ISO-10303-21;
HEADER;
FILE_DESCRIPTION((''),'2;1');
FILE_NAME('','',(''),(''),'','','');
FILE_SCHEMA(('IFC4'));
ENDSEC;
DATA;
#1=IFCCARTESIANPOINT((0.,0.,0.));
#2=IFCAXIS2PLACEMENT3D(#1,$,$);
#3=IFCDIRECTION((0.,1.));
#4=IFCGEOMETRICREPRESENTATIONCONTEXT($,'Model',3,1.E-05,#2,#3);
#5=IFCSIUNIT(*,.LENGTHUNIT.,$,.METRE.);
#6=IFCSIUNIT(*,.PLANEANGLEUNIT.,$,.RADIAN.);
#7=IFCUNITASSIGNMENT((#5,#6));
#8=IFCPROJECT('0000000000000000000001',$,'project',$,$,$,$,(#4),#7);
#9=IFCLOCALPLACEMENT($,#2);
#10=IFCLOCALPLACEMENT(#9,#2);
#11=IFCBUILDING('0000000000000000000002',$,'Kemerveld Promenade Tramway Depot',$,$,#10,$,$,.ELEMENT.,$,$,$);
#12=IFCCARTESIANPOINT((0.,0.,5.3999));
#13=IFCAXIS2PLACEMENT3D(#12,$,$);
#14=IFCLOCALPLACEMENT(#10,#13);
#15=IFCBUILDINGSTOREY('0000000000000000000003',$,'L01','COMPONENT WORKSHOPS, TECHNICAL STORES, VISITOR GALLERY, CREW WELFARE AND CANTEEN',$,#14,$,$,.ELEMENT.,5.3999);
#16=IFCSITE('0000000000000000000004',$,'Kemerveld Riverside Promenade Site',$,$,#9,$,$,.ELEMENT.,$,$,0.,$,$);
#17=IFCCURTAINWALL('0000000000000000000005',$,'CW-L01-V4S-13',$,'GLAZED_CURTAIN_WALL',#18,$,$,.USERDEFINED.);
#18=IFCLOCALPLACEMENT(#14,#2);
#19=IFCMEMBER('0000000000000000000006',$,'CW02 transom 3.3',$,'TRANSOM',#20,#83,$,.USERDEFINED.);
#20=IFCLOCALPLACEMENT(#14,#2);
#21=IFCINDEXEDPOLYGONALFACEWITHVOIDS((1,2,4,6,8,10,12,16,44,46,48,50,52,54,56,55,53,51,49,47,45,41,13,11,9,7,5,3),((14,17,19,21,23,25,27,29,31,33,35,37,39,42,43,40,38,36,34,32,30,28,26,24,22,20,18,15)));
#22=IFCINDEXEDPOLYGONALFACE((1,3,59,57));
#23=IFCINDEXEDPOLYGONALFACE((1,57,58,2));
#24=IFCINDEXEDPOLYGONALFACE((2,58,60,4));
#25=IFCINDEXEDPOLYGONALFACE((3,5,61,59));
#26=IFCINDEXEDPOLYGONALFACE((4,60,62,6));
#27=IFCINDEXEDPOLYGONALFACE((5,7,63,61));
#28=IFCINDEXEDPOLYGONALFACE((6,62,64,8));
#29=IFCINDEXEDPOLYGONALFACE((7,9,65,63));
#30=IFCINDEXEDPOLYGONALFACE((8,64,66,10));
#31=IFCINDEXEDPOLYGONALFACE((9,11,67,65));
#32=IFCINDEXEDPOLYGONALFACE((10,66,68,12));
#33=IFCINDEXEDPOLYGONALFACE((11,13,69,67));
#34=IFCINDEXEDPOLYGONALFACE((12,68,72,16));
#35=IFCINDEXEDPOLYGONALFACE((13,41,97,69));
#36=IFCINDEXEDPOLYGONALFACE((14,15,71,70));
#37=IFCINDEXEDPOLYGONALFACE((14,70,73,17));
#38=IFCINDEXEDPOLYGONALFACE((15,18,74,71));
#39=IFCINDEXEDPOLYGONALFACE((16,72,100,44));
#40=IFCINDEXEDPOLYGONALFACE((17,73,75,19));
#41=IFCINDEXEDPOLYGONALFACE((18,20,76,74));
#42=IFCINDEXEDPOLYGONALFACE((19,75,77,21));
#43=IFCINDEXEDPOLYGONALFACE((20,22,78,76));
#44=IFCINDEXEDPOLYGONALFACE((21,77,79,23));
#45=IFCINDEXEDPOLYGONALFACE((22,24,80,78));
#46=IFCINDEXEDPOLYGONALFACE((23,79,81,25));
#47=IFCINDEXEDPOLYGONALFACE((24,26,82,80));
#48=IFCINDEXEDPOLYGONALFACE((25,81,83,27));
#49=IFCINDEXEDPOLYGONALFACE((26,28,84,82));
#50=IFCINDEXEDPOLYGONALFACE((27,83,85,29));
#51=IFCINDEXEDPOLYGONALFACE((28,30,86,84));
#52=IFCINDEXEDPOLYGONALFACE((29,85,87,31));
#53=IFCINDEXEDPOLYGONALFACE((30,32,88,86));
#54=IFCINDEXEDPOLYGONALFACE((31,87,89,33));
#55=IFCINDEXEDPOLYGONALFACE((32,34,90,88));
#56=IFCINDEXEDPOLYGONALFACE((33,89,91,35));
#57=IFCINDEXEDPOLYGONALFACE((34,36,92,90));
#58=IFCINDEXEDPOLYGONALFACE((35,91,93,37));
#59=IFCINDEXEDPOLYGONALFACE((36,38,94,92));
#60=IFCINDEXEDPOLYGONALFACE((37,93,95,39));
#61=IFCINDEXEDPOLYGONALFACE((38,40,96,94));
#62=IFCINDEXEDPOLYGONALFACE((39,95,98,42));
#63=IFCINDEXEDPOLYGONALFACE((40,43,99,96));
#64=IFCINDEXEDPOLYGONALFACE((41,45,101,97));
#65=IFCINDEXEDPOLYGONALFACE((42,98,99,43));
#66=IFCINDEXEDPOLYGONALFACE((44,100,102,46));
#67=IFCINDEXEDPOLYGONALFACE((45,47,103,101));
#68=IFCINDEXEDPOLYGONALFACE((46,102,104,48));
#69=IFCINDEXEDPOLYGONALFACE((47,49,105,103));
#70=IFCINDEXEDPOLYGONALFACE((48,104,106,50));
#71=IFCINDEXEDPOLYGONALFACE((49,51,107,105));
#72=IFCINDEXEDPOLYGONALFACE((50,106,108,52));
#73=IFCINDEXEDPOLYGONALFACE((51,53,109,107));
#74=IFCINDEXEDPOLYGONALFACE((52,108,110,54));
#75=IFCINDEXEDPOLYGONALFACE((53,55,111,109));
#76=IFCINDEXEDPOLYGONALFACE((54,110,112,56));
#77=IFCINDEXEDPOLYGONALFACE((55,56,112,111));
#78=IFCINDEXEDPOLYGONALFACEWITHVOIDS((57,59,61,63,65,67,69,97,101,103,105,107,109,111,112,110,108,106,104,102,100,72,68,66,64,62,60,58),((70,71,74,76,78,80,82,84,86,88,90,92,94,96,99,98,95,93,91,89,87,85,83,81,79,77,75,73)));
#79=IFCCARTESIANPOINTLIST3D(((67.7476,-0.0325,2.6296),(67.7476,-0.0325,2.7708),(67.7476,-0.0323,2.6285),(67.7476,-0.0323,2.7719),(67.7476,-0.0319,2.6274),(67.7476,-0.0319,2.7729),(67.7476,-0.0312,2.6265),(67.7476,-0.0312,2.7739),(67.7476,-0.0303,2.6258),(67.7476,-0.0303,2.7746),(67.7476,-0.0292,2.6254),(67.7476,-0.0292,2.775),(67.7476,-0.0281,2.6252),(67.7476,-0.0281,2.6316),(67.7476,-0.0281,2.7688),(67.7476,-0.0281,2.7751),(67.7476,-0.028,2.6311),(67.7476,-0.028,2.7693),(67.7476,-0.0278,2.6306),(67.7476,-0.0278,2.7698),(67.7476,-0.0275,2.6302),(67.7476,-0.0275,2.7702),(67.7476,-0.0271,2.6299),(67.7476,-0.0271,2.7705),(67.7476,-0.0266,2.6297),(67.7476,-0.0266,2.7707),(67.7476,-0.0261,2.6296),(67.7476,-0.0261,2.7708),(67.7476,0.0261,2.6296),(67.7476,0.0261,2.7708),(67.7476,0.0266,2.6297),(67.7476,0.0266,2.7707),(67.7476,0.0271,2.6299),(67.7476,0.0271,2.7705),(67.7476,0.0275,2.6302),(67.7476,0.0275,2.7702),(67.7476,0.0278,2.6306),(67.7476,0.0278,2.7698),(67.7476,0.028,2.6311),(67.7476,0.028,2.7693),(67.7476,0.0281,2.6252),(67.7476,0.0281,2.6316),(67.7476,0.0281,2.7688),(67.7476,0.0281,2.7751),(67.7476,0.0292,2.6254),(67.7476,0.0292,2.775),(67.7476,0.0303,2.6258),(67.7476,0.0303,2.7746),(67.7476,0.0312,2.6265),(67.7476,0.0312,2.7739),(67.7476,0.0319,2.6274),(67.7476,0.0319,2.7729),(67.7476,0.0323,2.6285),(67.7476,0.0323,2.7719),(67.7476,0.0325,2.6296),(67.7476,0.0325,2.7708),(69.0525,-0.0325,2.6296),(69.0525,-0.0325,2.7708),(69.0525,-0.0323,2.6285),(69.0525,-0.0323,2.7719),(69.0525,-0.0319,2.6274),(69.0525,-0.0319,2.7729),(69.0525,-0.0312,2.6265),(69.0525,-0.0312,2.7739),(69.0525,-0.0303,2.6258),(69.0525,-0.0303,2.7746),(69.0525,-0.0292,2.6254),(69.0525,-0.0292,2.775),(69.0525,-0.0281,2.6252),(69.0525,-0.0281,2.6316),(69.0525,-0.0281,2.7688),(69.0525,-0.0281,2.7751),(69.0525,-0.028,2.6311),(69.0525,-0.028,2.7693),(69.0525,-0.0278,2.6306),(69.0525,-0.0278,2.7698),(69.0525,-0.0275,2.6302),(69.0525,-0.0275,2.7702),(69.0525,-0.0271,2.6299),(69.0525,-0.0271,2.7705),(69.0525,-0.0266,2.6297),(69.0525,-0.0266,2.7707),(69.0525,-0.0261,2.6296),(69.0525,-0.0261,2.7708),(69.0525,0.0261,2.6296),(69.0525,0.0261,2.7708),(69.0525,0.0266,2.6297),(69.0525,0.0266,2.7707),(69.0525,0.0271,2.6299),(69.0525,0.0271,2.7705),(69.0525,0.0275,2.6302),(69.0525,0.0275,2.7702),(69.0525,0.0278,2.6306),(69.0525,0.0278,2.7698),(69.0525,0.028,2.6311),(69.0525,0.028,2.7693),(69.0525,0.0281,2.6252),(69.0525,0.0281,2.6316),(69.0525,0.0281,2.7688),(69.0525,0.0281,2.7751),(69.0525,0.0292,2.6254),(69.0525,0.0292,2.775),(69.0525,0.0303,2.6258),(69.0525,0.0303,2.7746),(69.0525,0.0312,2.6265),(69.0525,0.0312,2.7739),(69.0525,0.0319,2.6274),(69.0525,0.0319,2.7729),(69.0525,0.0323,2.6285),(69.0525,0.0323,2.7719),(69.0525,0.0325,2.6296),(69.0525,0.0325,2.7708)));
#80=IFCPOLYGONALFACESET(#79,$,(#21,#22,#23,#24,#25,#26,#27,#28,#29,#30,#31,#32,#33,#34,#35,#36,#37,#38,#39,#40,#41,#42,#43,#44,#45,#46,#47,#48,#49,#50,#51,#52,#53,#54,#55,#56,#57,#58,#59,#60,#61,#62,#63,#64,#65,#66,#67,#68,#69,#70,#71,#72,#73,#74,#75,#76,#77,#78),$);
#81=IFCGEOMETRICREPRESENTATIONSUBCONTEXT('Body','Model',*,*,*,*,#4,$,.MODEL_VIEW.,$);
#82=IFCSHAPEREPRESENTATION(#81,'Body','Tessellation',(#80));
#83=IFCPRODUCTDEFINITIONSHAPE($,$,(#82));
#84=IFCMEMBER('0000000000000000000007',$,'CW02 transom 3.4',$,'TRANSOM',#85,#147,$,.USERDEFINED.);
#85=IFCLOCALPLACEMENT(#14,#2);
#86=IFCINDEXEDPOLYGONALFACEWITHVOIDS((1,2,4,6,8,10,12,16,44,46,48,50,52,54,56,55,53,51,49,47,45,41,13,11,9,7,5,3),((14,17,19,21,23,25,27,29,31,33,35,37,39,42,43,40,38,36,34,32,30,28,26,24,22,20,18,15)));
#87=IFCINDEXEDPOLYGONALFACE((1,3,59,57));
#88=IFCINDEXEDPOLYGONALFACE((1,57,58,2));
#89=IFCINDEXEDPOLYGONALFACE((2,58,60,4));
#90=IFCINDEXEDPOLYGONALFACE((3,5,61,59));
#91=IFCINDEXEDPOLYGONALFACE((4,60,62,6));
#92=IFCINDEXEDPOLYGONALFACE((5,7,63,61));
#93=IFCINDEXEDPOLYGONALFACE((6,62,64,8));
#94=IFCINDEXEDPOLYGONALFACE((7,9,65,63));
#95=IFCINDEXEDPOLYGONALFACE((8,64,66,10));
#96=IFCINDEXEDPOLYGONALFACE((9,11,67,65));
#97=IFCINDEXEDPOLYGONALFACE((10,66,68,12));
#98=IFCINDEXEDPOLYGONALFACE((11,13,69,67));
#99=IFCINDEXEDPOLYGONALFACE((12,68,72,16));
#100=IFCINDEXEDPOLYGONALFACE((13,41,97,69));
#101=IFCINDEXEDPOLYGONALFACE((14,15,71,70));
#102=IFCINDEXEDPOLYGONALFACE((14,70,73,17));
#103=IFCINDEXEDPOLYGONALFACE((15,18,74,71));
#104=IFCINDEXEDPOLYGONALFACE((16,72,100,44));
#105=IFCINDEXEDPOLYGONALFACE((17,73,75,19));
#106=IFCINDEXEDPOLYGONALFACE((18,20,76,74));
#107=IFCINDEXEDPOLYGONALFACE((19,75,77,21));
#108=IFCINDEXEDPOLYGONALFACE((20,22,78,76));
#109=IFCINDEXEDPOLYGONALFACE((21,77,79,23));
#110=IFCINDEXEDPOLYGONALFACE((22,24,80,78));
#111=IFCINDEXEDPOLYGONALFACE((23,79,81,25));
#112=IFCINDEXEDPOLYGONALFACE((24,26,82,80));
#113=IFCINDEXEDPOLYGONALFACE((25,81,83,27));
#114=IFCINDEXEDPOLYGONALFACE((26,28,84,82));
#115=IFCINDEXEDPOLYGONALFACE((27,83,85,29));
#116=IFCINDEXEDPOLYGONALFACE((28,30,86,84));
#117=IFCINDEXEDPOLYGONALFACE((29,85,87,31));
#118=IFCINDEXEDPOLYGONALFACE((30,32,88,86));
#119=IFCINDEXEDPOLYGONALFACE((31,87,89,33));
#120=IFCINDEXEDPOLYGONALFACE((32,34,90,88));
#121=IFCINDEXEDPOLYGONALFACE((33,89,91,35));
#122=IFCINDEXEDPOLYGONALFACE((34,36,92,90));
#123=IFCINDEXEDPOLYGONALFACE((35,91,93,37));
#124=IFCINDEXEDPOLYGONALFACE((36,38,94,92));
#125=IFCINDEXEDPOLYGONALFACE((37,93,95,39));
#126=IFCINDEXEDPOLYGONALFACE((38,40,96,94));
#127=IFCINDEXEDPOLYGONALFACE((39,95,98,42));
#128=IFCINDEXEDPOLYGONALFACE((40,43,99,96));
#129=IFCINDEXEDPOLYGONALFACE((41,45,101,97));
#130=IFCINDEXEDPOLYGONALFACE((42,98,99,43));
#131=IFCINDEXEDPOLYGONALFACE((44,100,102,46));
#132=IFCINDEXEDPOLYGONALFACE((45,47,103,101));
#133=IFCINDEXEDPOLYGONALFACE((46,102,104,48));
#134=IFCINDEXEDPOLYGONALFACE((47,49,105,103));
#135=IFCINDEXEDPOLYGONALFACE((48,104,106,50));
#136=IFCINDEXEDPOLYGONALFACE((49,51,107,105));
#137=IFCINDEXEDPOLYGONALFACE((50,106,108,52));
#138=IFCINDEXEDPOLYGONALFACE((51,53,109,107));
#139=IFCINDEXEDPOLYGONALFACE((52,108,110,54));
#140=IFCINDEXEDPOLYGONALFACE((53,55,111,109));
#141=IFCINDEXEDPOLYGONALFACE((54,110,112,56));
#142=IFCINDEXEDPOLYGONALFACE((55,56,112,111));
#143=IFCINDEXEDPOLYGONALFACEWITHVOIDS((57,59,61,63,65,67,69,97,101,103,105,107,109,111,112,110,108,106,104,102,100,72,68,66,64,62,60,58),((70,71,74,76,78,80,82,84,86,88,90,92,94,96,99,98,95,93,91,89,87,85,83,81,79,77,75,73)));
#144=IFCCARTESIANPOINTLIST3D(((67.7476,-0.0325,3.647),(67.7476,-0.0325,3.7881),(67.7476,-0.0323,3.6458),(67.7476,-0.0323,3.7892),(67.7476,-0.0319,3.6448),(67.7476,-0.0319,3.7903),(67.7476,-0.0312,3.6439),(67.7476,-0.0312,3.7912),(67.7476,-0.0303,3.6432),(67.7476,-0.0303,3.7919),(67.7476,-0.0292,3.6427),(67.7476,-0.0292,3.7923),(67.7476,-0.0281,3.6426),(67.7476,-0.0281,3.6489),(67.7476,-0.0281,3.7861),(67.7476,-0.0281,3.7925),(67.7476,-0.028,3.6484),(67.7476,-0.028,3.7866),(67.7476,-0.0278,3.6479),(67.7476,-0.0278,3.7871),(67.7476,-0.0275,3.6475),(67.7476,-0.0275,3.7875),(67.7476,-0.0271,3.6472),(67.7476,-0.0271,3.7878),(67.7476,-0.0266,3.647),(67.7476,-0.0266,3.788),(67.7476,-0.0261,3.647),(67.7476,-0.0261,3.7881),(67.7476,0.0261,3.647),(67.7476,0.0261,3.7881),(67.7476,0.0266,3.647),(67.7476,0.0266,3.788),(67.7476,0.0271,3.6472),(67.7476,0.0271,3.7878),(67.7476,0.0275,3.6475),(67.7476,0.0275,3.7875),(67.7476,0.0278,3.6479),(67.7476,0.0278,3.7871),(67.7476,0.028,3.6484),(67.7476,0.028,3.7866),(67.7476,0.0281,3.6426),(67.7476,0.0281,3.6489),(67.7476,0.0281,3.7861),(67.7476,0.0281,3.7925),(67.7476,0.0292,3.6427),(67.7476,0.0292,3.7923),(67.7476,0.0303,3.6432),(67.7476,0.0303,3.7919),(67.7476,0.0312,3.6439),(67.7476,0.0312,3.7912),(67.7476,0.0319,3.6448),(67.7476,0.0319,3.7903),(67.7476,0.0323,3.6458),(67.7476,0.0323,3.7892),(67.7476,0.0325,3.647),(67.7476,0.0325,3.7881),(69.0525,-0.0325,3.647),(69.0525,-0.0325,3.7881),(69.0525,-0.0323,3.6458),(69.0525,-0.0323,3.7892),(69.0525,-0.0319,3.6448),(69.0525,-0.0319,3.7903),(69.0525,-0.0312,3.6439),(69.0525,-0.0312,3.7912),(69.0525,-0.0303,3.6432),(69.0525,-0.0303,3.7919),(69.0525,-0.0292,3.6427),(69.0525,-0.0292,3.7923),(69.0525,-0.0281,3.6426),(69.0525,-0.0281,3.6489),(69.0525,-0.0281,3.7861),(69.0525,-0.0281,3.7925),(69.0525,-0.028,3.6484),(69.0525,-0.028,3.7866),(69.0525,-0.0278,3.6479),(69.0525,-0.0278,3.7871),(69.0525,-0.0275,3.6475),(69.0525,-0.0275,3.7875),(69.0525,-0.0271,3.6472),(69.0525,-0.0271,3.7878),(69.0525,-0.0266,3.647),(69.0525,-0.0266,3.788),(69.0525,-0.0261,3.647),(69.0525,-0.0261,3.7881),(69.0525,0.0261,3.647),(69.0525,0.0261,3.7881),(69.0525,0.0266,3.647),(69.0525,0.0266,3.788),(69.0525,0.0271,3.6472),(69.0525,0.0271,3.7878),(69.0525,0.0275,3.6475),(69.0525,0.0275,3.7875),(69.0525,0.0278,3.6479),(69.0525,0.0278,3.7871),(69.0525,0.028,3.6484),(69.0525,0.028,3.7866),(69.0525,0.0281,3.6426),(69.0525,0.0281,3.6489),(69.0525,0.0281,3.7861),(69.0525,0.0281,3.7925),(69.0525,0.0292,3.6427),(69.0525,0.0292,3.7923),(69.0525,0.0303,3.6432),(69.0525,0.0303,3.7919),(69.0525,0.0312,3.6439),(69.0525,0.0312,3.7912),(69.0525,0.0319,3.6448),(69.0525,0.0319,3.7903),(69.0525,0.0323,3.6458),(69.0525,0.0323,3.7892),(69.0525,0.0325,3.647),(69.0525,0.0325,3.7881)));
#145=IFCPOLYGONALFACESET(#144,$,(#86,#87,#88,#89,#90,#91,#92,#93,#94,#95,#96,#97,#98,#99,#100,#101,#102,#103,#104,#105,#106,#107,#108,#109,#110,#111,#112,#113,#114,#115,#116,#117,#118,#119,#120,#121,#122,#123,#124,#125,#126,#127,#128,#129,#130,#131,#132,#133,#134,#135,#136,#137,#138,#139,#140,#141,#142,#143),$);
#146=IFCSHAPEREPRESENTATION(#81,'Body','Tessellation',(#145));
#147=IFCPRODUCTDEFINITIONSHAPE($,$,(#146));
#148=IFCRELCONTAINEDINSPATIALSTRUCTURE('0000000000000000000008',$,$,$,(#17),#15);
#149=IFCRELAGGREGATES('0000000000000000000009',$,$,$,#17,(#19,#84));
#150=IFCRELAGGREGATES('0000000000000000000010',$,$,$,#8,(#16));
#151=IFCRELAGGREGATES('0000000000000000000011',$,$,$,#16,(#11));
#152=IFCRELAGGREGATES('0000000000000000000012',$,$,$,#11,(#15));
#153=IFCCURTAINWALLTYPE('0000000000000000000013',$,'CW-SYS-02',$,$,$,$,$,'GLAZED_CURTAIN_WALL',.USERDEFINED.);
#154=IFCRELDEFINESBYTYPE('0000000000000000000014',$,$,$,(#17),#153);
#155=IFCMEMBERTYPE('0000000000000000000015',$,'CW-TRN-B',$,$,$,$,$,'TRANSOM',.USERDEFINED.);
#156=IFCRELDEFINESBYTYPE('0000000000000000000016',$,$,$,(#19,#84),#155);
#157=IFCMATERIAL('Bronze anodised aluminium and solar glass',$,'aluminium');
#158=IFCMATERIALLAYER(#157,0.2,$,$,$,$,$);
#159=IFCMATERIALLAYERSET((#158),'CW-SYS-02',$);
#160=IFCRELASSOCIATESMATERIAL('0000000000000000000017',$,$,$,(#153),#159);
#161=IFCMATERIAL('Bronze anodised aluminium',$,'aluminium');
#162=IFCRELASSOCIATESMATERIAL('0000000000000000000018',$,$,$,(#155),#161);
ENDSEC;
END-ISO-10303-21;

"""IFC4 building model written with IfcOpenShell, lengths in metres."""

from ifc_helpers import new_model, si_unit, direction, frame, origin, origin_2d, place, context, subcontext, project, spatial, hollow_rectangle, extrude, material, layer, layer_set, material_profile, profile_set, type_object, element, aggregate, save


model = new_model("IFC4")

# Units and contexts
model_context = context("Model", 3, precision=1e-05, world=origin(), true_north=direction((0.0, 1.0)))
body_context = subcontext(model_context, "Body", "Model", "MODEL_VIEW")
ifc_project = project(units=[si_unit("LENGTHUNIT", "METRE"), si_unit("PLANEANGLEUNIT", "RADIAN")], contexts=[model_context])

# Site, building, storey
site_placement = place(None, origin())
site = spatial("IfcSite", under=ifc_project, at=site_placement, Name="Kemerveld Riverside Promenade Site", CompositionType="ELEMENT", RefElevation=0.0)
building_placement = place(site_placement, origin())
building = spatial("IfcBuilding", under=site, at=building_placement, Name="Kemerveld Promenade Tramway Depot", CompositionType="ELEMENT")
storey_placement = place(building_placement, frame((0.0, 0.0, 5.3999)))
storey = spatial("IfcBuildingStorey", under=building, at=storey_placement, Name="L01", Description="COMPONENT WORKSHOPS, TECHNICAL STORES, VISITOR GALLERY, CREW WELFARE AND CANTEEN", CompositionType="ELEMENT", Elevation=5.3999)

# Curtain wall, members
ifc_material_1 = material(Name="Bronze anodised aluminium and solar glass", Category="aluminium")
ifc_layer_1 = layer(ifc_material_1, 0.2)
ifc_layer_set_1 = layer_set([ifc_layer_1], Name="CW-SYS-02")
curtain_wall_type = type_object("IfcCurtainWallType", Name="CW-SYS-02", ElementType="GLAZED_CURTAIN_WALL", PredefinedType="USERDEFINED", material=ifc_layer_set_1)
curtain_wall_placement = place(storey_placement, origin())
curtain_wall = element("IfcCurtainWall", 1, at=curtain_wall_placement, inside=storey, type_object=curtain_wall_type, Name="CW-L01-V4S-13", ObjectType="GLAZED_CURTAIN_WALL", PredefinedType="USERDEFINED")
ifc_material_2 = material(Name="Bronze anodised aluminium", Category="aluminium")
ifc_material_profile_1 = material_profile(ifc_material_2, hollow_rectangle(XDim=0.0649, YDim=0.1499, WallThickness=0.0044, InnerFilletRadius=0.002, OuterFilletRadius=0.0044, at=origin_2d()), Name="CW-TRN-150x65")
ifc_profile_set_1 = profile_set([ifc_material_profile_1], Name="Bronze anodised aluminium")
member_type_1 = type_object("IfcMemberType", Name="CW-TRN-B", ElementType="TRANSOM", PredefinedType="USERDEFINED", material=ifc_profile_set_1)
member_1_placement = place(storey_placement, frame((69.0525, 0.0, 2.7002), z_axis=(-1.0, 0.0, 0.0), x_axis=(0.0, -1.0, 0.0)))
member_1 = element("IfcMember", 2, at=member_1_placement, type_object=member_type_1, Name="CW02 transom 3.3", ObjectType="TRANSOM", PredefinedType="USERDEFINED", context=body_context, shape_type="SweptSolid", body=[
    extrude(hollow_rectangle(XDim=0.0649, YDim=0.1499, WallThickness=0.0044, InnerFilletRadius=0.002, OuterFilletRadius=0.0044, at=origin_2d()), origin(), (0.0, 0.0, 1.0), 1.3049),
])
member_2_placement = place(storey_placement, frame((69.0525, 0.0, 3.7175), z_axis=(-1.0, 0.0, 0.0), x_axis=(0.0, -1.0, 0.0)))
member_2 = element("IfcMember", 3, at=member_2_placement, type_object=member_type_1, Name="CW02 transom 3.4", ObjectType="TRANSOM", PredefinedType="USERDEFINED", context=body_context, shape_type="SweptSolid", body=[
    extrude(hollow_rectangle(XDim=0.0649, YDim=0.1499, WallThickness=0.0044, InnerFilletRadius=0.002, OuterFilletRadius=0.0044, at=origin_2d()), origin(), (0.0, 0.0, 1.0), 1.3049),
])
aggregate(curtain_wall, [member_1, member_2])

save(model, "model.ifc")
